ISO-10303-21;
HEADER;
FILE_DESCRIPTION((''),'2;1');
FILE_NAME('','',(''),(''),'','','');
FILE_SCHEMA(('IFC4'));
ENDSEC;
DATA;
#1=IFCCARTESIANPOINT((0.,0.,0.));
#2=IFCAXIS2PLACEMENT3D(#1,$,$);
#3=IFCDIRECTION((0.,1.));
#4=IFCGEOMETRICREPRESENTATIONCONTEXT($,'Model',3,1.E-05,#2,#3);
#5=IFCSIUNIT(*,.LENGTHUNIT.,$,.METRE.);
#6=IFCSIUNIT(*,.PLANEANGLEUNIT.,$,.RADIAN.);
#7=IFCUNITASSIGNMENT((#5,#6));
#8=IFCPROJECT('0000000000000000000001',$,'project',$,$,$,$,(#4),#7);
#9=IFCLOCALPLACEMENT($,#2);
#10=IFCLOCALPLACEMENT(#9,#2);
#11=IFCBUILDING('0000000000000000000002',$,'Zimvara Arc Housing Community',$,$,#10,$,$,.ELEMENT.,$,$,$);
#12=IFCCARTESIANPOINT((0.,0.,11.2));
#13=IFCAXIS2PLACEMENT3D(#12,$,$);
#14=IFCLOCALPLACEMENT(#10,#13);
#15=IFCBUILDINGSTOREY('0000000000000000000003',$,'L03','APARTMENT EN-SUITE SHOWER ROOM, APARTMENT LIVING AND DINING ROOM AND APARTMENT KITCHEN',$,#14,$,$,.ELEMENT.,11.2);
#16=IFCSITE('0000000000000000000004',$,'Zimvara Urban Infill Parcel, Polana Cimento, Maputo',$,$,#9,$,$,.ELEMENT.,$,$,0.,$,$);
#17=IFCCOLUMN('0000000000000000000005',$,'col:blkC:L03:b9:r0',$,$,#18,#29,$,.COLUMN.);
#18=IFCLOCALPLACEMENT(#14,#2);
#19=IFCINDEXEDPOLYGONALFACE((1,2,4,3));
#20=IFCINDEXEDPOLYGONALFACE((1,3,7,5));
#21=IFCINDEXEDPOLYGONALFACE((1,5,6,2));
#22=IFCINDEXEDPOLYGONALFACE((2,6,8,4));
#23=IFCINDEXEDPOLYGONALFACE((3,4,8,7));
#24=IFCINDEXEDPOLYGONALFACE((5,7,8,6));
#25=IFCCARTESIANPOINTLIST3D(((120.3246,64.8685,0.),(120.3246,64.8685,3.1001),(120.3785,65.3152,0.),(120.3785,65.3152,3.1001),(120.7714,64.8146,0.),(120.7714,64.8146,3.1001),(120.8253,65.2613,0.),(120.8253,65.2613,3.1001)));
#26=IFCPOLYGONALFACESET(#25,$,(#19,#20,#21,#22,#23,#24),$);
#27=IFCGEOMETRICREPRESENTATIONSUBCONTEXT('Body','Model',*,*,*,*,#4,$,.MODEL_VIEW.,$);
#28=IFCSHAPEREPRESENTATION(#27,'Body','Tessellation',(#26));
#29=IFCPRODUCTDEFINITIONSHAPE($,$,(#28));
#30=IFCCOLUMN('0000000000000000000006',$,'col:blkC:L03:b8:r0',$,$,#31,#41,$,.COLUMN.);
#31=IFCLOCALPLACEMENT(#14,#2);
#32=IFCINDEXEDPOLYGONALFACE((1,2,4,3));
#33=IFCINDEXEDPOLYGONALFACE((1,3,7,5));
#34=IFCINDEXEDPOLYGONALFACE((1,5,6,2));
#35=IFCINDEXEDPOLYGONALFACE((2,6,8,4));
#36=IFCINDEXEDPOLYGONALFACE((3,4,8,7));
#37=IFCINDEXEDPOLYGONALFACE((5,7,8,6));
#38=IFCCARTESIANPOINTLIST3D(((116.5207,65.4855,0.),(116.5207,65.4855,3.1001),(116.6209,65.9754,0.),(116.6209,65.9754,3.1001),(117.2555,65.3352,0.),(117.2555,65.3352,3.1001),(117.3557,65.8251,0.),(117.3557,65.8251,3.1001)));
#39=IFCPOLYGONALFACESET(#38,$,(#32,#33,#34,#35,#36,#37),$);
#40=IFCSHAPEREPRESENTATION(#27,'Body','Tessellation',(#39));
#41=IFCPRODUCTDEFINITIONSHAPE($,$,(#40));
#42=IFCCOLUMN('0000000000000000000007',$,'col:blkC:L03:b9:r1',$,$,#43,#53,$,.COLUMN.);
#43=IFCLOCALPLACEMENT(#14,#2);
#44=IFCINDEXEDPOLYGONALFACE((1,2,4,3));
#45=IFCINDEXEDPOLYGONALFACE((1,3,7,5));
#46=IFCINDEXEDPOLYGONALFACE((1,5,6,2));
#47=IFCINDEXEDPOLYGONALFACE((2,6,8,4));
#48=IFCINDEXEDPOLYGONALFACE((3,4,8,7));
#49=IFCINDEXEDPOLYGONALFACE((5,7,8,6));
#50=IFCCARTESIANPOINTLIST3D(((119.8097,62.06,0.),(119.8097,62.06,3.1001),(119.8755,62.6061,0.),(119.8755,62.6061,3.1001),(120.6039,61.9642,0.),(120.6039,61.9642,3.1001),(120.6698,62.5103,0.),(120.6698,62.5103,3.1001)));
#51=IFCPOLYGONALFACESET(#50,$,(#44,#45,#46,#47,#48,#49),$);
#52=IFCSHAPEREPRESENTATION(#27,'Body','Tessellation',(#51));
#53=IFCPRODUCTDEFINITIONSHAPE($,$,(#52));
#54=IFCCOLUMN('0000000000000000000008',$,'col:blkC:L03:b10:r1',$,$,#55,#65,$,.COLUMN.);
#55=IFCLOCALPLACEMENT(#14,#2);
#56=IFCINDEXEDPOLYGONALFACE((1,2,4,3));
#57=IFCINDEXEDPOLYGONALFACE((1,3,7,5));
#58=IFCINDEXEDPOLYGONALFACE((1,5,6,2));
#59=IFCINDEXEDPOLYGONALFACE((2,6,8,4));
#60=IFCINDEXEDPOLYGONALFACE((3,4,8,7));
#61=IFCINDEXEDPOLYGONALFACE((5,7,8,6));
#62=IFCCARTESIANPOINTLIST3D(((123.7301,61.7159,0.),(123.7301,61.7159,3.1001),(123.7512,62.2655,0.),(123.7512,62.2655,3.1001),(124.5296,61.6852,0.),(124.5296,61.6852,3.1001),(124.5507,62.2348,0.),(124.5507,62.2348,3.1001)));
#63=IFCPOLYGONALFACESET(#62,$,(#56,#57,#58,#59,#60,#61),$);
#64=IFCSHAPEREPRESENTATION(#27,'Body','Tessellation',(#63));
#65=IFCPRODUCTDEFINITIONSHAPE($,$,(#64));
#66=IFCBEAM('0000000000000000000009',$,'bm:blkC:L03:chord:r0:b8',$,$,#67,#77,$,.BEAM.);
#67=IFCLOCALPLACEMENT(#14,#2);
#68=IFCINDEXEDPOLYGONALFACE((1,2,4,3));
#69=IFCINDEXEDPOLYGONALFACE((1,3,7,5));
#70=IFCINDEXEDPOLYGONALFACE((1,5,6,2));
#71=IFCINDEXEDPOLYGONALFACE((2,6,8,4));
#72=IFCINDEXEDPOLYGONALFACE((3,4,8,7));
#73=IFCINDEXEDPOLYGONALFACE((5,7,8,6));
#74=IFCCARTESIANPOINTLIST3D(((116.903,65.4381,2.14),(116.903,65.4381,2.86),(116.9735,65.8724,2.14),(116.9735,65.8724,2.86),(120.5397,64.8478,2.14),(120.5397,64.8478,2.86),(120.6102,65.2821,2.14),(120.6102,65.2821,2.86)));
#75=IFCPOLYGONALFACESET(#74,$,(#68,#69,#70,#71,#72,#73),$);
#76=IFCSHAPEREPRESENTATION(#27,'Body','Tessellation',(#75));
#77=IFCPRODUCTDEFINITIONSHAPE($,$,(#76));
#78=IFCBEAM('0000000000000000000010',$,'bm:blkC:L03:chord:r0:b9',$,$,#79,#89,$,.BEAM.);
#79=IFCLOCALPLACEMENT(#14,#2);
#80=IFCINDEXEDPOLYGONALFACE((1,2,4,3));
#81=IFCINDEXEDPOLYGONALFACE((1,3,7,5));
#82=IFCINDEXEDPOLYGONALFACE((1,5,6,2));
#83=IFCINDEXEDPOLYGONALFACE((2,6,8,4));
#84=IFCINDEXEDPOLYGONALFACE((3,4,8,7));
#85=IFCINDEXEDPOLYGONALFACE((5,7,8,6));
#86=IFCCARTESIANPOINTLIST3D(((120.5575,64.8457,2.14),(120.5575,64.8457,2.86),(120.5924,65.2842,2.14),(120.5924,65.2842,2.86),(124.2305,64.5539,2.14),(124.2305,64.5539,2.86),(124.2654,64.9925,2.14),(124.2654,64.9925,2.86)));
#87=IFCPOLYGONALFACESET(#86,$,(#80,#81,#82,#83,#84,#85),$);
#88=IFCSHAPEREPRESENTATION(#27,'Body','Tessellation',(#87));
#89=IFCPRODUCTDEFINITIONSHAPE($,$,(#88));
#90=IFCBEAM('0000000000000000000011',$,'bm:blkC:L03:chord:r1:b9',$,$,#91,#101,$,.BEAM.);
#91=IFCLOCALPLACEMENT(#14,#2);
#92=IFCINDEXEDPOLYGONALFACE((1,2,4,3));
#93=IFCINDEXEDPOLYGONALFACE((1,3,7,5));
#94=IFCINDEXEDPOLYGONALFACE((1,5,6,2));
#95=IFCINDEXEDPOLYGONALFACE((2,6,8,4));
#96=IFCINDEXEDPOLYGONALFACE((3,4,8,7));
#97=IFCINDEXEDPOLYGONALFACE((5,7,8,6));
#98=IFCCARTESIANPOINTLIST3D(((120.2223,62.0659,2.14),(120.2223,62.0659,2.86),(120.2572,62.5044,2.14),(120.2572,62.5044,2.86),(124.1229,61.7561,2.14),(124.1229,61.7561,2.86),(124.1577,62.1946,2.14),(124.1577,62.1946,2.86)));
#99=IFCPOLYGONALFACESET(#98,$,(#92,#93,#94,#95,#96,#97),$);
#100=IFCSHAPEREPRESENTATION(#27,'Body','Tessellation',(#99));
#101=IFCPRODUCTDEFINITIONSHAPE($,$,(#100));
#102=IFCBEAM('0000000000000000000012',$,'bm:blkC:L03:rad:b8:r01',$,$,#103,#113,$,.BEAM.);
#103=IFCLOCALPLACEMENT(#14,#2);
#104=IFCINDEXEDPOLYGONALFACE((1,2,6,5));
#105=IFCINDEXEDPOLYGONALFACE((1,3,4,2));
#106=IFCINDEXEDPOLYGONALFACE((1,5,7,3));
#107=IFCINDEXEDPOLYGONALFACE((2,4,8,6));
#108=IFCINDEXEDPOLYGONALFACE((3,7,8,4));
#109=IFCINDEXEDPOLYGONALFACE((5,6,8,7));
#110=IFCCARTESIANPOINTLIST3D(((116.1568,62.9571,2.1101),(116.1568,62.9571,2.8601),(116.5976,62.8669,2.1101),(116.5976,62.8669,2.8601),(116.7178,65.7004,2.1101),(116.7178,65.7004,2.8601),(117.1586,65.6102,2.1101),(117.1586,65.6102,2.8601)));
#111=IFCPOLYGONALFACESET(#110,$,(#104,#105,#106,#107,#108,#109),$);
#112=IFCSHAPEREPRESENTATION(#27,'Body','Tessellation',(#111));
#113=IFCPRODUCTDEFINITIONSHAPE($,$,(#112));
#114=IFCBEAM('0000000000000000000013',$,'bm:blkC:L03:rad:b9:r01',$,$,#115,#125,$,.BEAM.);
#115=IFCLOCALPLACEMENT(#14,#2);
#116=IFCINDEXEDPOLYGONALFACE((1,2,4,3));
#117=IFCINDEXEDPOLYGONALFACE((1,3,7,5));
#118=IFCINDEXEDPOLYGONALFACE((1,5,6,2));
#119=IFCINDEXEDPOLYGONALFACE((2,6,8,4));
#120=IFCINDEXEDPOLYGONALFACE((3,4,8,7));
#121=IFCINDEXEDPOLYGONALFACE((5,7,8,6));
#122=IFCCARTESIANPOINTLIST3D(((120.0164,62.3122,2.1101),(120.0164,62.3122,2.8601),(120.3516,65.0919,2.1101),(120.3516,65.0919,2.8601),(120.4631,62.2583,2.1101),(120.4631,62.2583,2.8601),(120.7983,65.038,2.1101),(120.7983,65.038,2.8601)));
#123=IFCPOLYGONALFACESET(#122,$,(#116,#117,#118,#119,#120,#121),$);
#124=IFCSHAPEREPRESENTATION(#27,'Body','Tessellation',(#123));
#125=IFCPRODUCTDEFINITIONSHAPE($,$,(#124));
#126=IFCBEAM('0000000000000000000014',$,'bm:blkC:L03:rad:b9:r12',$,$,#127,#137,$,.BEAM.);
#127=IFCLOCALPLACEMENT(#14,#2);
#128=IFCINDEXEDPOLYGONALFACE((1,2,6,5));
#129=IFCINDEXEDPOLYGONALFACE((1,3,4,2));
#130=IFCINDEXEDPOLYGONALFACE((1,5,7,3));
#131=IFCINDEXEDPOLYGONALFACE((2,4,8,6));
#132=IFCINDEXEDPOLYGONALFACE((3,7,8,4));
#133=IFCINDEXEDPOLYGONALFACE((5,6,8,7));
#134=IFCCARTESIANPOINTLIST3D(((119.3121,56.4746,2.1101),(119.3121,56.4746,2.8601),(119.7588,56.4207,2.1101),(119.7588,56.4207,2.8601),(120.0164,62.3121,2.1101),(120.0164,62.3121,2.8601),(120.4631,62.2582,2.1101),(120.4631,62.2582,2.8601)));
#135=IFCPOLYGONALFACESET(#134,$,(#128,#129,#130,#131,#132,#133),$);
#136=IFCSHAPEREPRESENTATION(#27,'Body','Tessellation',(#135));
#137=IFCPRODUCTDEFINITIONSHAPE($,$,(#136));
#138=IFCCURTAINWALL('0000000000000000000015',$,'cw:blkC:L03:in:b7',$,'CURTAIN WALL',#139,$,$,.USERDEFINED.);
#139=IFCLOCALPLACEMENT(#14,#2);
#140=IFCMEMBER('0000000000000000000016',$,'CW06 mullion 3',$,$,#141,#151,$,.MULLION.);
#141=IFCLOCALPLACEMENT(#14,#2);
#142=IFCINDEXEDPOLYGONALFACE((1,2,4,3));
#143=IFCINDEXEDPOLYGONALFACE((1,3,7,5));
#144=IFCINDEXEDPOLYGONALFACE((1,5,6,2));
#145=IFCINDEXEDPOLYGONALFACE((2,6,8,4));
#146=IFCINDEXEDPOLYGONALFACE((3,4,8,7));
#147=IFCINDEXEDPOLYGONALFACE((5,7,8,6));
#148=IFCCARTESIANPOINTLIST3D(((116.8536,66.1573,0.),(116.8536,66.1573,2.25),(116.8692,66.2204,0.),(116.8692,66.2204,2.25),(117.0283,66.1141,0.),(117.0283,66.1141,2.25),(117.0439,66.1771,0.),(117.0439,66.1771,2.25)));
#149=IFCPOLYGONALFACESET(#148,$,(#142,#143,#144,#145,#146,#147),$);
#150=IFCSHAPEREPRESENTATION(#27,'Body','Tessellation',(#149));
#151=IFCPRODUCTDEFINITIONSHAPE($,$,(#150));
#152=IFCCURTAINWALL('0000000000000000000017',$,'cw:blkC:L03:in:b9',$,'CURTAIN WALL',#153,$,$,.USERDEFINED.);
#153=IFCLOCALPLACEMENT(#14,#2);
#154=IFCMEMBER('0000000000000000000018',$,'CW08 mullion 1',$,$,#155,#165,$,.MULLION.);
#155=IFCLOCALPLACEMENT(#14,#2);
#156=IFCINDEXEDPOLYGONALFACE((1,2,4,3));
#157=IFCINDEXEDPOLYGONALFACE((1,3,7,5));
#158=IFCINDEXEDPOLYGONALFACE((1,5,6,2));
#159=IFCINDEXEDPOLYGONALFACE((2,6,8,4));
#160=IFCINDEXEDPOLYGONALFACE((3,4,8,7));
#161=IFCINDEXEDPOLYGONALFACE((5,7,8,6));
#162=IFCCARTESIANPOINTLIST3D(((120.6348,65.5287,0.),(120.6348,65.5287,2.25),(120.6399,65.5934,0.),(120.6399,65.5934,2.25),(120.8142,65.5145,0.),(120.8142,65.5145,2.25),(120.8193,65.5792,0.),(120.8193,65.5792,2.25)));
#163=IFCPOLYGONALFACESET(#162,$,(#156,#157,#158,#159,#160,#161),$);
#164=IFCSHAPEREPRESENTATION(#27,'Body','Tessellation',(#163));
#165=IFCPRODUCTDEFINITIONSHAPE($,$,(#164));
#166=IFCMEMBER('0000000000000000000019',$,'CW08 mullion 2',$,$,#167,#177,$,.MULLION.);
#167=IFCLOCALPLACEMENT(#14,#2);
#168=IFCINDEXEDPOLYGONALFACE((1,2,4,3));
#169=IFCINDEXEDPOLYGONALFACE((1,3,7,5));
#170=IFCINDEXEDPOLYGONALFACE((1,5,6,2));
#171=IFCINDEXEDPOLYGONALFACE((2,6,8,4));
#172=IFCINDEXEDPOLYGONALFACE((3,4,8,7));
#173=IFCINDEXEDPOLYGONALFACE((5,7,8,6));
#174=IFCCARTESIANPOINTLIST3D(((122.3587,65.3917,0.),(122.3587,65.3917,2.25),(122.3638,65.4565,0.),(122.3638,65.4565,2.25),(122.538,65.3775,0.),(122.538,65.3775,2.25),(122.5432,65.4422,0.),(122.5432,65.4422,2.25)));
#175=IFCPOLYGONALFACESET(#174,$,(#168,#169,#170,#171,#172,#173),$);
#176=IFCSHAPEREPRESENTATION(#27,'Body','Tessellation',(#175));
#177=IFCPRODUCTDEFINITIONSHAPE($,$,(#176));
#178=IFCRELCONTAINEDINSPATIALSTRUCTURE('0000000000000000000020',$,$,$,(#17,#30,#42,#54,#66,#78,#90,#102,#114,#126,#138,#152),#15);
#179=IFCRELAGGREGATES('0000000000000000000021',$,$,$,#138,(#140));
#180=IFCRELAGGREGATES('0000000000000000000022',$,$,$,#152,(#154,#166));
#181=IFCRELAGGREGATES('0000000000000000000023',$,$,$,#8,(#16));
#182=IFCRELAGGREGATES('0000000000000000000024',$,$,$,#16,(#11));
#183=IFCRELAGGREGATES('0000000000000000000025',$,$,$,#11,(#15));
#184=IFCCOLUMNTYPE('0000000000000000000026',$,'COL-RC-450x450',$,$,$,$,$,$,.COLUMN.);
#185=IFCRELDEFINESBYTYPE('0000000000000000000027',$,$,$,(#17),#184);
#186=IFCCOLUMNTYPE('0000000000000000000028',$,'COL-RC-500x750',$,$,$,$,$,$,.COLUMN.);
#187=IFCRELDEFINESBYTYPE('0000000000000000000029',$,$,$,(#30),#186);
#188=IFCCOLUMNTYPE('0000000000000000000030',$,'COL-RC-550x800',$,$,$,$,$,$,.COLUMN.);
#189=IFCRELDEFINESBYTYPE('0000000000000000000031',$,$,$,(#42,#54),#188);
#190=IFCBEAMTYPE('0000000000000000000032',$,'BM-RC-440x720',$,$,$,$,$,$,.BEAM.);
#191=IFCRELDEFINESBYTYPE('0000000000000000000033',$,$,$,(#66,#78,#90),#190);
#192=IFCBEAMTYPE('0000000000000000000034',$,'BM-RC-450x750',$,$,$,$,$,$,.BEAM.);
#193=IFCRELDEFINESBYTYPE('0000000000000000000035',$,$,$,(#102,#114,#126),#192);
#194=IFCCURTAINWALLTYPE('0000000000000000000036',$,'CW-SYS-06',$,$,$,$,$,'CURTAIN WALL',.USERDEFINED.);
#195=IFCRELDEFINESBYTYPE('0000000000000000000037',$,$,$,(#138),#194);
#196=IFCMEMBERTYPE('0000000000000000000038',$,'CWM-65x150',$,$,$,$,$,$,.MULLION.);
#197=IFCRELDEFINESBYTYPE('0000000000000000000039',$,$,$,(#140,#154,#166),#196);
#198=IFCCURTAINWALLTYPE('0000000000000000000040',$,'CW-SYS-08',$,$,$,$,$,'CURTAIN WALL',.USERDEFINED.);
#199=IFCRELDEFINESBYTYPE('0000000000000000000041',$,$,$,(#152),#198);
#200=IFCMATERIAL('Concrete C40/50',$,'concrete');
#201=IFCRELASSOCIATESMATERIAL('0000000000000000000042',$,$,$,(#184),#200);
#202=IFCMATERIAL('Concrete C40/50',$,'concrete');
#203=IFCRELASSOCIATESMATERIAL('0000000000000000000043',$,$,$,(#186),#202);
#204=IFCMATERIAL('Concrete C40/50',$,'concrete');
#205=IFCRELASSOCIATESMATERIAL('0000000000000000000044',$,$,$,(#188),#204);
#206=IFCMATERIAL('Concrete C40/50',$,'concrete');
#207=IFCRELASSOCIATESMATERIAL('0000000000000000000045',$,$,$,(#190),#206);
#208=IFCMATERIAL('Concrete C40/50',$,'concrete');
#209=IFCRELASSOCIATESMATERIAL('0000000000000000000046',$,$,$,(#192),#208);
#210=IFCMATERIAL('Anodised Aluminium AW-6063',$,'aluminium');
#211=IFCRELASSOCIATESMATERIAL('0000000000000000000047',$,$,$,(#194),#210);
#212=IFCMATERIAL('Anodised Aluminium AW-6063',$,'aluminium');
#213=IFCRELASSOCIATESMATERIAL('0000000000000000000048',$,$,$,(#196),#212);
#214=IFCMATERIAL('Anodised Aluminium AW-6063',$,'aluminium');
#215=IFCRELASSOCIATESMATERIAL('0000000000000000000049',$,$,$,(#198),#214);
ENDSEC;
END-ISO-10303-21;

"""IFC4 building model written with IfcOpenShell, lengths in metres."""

from ifc_helpers import new_model, si_unit, direction, frame, origin, origin_2d, place, context, subcontext, project, spatial, rectangle, extrude, material, material_profile, profile_set, type_object, element, aggregate, save


model = new_model("IFC4")

# Units and contexts
model_context = context("Model", 3, precision=1e-05, world=origin(), true_north=direction((0.0, 1.0)))
body_context = subcontext(model_context, "Body", "Model", "MODEL_VIEW")
ifc_project = project(units=[si_unit("LENGTHUNIT", "METRE"), si_unit("PLANEANGLEUNIT", "RADIAN")], contexts=[model_context])

# Site, building, storey
site_placement = place(None, origin())
site = spatial("IfcSite", under=ifc_project, at=site_placement, Name="Zimvara Urban Infill Parcel, Polana Cimento, Maputo", CompositionType="ELEMENT", RefElevation=0.0)
building_placement = place(site_placement, origin())
building = spatial("IfcBuilding", under=site, at=building_placement, Name="Zimvara Arc Housing Community", CompositionType="ELEMENT")
storey_placement = place(building_placement, frame((0.0, 0.0, 11.2)))
storey = spatial("IfcBuildingStorey", under=building, at=storey_placement, Name="L03", Description="APARTMENT EN-SUITE SHOWER ROOM, APARTMENT LIVING AND DINING ROOM AND APARTMENT KITCHEN", CompositionType="ELEMENT", Elevation=11.2)

# Columns
ifc_material_1 = material(Name="Concrete C40/50", Category="concrete")
ifc_material_profile_1 = material_profile(ifc_material_1, rectangle(XDim=0.45, YDim=0.45, at=origin_2d()), Name="RC 450x450")
ifc_profile_set_1 = profile_set([ifc_material_profile_1], Name="Concrete C40/50")
column_type_1 = type_object("IfcColumnType", Name="COL-RC-450x450", PredefinedType="COLUMN", material=ifc_profile_set_1)
column_1_placement = place(storey_placement, frame((120.575, 65.0649, 0.0), z_axis=(0.0, 0.0, 1.0), x_axis=(-0.11979, -0.992799, 0.0)))
element("IfcColumn", 1, at=column_1_placement, inside=storey, type_object=column_type_1, Name="col:blkC:L03:b9:r0", PredefinedType="COLUMN", context=body_context, shape_type="SweptSolid", body=[
    extrude(rectangle(XDim=0.45, YDim=0.45, at=origin_2d()), origin(), (0.0, 0.0, 1.0), 3.1001),
])
ifc_material_2 = material(Name="Concrete C40/50", Category="concrete")
ifc_material_profile_2 = material_profile(ifc_material_2, rectangle(XDim=0.5, YDim=0.75, at=origin_2d()), Name="RC 500x750")
ifc_profile_set_2 = profile_set([ifc_material_profile_2], Name="Concrete C40/50")
column_type_2 = type_object("IfcColumnType", Name="COL-RC-500x750", PredefinedType="COLUMN", material=ifc_profile_set_2)
column_2_placement = place(storey_placement, frame((116.9382, 65.6553, 0.0), z_axis=(0.0, 0.0, 1.0), x_axis=(-0.200394, -0.979715, 0.0)))
element("IfcColumn", 2, at=column_2_placement, inside=storey, type_object=column_type_2, Name="col:blkC:L03:b8:r0", PredefinedType="COLUMN", context=body_context, shape_type="SweptSolid", body=[
    extrude(rectangle(XDim=0.5, YDim=0.75, at=origin_2d()), origin(), (0.0, 0.0, 1.0), 3.1001),
])
ifc_material_3 = material(Name="Concrete C40/50", Category="concrete")
ifc_material_profile_3 = material_profile(ifc_material_3, rectangle(XDim=0.55, YDim=0.8, at=origin_2d()), Name="RC 550x800")
ifc_profile_set_3 = profile_set([ifc_material_profile_3], Name="Concrete C40/50")
column_type_3 = type_object("IfcColumnType", Name="COL-RC-550x800", PredefinedType="COLUMN", material=ifc_profile_set_3)
for number, where, z_axis, x_axis, name in (
    (3, (120.2397, 62.2852, 0.0), (0.0, 0.0, 1.0), (-0.11979, -0.992799, 0.0), "col:blkC:L03:b9:r1"),
    (4, (124.1404, 61.9753, 0.0), (0.0, 0.0, 1.0), (-0.038388, -0.999263, 0.0), "col:blkC:L03:b10:r1"),
):
    element("IfcColumn", number, at=place(storey_placement, frame(where, z_axis=z_axis, x_axis=x_axis)), inside=storey, type_object=column_type_3, Name=name, PredefinedType="COLUMN", context=body_context, shape_type="SweptSolid", body=[
        extrude(rectangle(XDim=0.55, YDim=0.8, at=origin_2d()), origin(), (0.0, 0.0, 1.0), 3.1001),
    ])

# Beams
ifc_material_4 = material(Name="Concrete C40/50", Category="concrete")
ifc_material_profile_4 = material_profile(ifc_material_4, rectangle(XDim=0.4399, YDim=0.72, at=origin_2d()), Name="RC 440x720")
ifc_profile_set_4 = profile_set([ifc_material_profile_4], Name="Concrete C40/50")
beam_type_1 = type_object("IfcBeamType", Name="BM-RC-440x720", PredefinedType="BEAM", material=ifc_profile_set_4)
beam_1_placement = place(storey_placement, frame((116.9382, 65.6553, 2.5), z_axis=(0.98708, -0.160228, 0.0), x_axis=(0.160228, 0.98708, 0.0)))
element("IfcBeam", 5, at=beam_1_placement, inside=storey, type_object=beam_type_1, Name="bm:blkC:L03:chord:r0:b8", PredefinedType="BEAM", context=body_context, shape_type="SweptSolid", body=[
    extrude(rectangle(XDim=0.4399, YDim=0.72, at=origin_2d()), origin(), (0.0, 0.0, 1.0), 3.6843),
])
beam_2_placement = place(storey_placement, frame((120.575, 65.0649, 2.5), z_axis=(0.99686, -0.079179, 0.0), x_axis=(0.079179, 0.99686, 0.0)))
element("IfcBeam", 6, at=beam_2_placement, inside=storey, type_object=beam_type_1, Name="bm:blkC:L03:chord:r0:b9", PredefinedType="BEAM", context=body_context, shape_type="SweptSolid", body=[
    extrude(rectangle(XDim=0.4399, YDim=0.72, at=origin_2d()), origin(), (0.0, 0.0, 1.0), 3.6846),
])
beam_3_placement = place(storey_placement, frame((120.2397, 62.2852, 2.5), z_axis=(0.996861, -0.079177, 0.0), x_axis=(0.079177, 0.996861, 0.0)))
element("IfcBeam", 7, at=beam_3_placement, inside=storey, type_object=beam_type_1, Name="bm:blkC:L03:chord:r1:b9", PredefinedType="BEAM", context=body_context, shape_type="SweptSolid", body=[
    extrude(rectangle(XDim=0.4399, YDim=0.72, at=origin_2d()), origin(), (0.0, 0.0, 1.0), 3.9128),
])
ifc_material_5 = material(Name="Concrete C40/50", Category="concrete")
ifc_material_profile_5 = material_profile(ifc_material_5, rectangle(XDim=0.45, YDim=0.75, at=origin_2d()), Name="RC 450x750")
ifc_profile_set_5 = profile_set([ifc_material_profile_5], Name="Concrete C40/50")
beam_type_2 = type_object("IfcBeamType", Name="BM-RC-450x750", PredefinedType="BEAM", material=ifc_profile_set_5)
beam_4_placement = place(storey_placement, frame((116.9382, 65.6553, 2.4851), z_axis=(-0.200373, -0.97972, 0.0), x_axis=(0.97972, -0.200373, 0.0)))
element("IfcBeam", 8, at=beam_4_placement, inside=storey, type_object=beam_type_2, Name="bm:blkC:L03:rad:b8:r01", PredefinedType="BEAM", context=body_context, shape_type="SweptSolid", body=[
    extrude(rectangle(XDim=0.45, YDim=0.75, at=origin_2d()), origin(), (0.0, 0.0, 1.0), 2.8),
])
beam_5_placement = place(storey_placement, frame((120.575, 65.0649, 2.4851), z_axis=(-0.119719, -0.992808, 0.0), x_axis=(0.992808, -0.119719, 0.0)))
element("IfcBeam", 9, at=beam_5_placement, inside=storey, type_object=beam_type_2, Name="bm:blkC:L03:rad:b9:r01", PredefinedType="BEAM", context=body_context, shape_type="SweptSolid", body=[
    extrude(rectangle(XDim=0.45, YDim=0.75, at=origin_2d()), origin(), (0.0, 0.0, 1.0), 2.7998),
])
beam_6_placement = place(storey_placement, frame((120.2397, 62.2852, 2.4851), z_axis=(-0.119787, -0.9928, 0.0), x_axis=(0.9928, -0.119787, 0.0)))
element("IfcBeam", 10, at=beam_6_placement, inside=storey, type_object=beam_type_2, Name="bm:blkC:L03:rad:b9:r12", PredefinedType="BEAM", context=body_context, shape_type="SweptSolid", body=[
    extrude(rectangle(XDim=0.45, YDim=0.75, at=origin_2d()), origin(), (0.0, 0.0, 1.0), 5.8799),
])

# Curtain wall, member
ifc_material_6 = material(Name="Anodised Aluminium AW-6063", Category="aluminium")
curtain_wall_type_1 = type_object("IfcCurtainWallType", Name="CW-SYS-06", ElementType="CURTAIN WALL", PredefinedType="USERDEFINED", material=ifc_material_6)
curtain_wall_1_placement = place(storey_placement, origin())
curtain_wall_1 = element("IfcCurtainWall", 11, at=curtain_wall_1_placement, inside=storey, type_object=curtain_wall_type_1, Name="cw:blkC:L03:in:b7", ObjectType="CURTAIN WALL", PredefinedType="USERDEFINED")
ifc_material_7 = material(Name="Anodised Aluminium AW-6063", Category="aluminium")
ifc_material_profile_6 = material_profile(ifc_material_7, rectangle(XDim=0.0649, YDim=0.1799, at=origin_2d()), Name="ALU 65x180")
ifc_profile_set_6 = profile_set([ifc_material_profile_6], Name="Anodised Aluminium AW-6063")
member_type_1 = type_object("IfcMemberType", Name="CWM-65x150", PredefinedType="MULLION", material=ifc_profile_set_6)
member_1_placement = place(storey_placement, frame((116.9487, 66.1672, 0.0), z_axis=(0.0, 0.0, 1.0), x_axis=(0.240228, 0.970717, 0.0)))
member_1 = element("IfcMember", 12, at=member_1_placement, type_object=member_type_1, Name="CW06 mullion 3", PredefinedType="MULLION", context=body_context, shape_type="SweptSolid", body=[
    extrude(rectangle(XDim=0.0649, YDim=0.1799, at=origin_2d()), origin(), (0.0, 0.0, 1.0), 2.25),
])
aggregate(curtain_wall_1, [member_1])

# Curtain wall, members
ifc_material_8 = material(Name="Anodised Aluminium AW-6063", Category="aluminium")
curtain_wall_type_2 = type_object("IfcCurtainWallType", Name="CW-SYS-08", ElementType="CURTAIN WALL", PredefinedType="USERDEFINED", material=ifc_material_8)
curtain_wall_2_placement = place(storey_placement, origin())
curtain_wall_2 = element("IfcCurtainWall", 13, at=curtain_wall_2_placement, inside=storey, type_object=curtain_wall_type_2, Name="cw:blkC:L03:in:b9", ObjectType="CURTAIN WALL", PredefinedType="USERDEFINED")
member_2_placement = place(storey_placement, frame((120.7271, 65.554, 0.0), z_axis=(0.0, 0.0, 1.0), x_axis=(0.079155, 0.996862, 0.0)))
member_2 = element("IfcMember", 14, at=member_2_placement, type_object=member_type_1, Name="CW08 mullion 1", PredefinedType="MULLION", context=body_context, shape_type="SweptSolid", body=[
    extrude(rectangle(XDim=0.0649, YDim=0.1799, at=origin_2d()), origin(), (0.0, 0.0, 1.0), 2.25),
])
member_3_placement = place(storey_placement, frame((122.4509, 65.417, 0.0), z_axis=(0.0, 0.0, 1.0), x_axis=(0.079155, 0.996862, 0.0)))
member_3 = element("IfcMember", 15, at=member_3_placement, type_object=member_type_1, Name="CW08 mullion 2", PredefinedType="MULLION", context=body_context, shape_type="SweptSolid", body=[
    extrude(rectangle(XDim=0.0649, YDim=0.1799, at=origin_2d()), origin(), (0.0, 0.0, 1.0), 2.25),
])
aggregate(curtain_wall_2, [member_2, member_3])

save(model, "model.ifc")
